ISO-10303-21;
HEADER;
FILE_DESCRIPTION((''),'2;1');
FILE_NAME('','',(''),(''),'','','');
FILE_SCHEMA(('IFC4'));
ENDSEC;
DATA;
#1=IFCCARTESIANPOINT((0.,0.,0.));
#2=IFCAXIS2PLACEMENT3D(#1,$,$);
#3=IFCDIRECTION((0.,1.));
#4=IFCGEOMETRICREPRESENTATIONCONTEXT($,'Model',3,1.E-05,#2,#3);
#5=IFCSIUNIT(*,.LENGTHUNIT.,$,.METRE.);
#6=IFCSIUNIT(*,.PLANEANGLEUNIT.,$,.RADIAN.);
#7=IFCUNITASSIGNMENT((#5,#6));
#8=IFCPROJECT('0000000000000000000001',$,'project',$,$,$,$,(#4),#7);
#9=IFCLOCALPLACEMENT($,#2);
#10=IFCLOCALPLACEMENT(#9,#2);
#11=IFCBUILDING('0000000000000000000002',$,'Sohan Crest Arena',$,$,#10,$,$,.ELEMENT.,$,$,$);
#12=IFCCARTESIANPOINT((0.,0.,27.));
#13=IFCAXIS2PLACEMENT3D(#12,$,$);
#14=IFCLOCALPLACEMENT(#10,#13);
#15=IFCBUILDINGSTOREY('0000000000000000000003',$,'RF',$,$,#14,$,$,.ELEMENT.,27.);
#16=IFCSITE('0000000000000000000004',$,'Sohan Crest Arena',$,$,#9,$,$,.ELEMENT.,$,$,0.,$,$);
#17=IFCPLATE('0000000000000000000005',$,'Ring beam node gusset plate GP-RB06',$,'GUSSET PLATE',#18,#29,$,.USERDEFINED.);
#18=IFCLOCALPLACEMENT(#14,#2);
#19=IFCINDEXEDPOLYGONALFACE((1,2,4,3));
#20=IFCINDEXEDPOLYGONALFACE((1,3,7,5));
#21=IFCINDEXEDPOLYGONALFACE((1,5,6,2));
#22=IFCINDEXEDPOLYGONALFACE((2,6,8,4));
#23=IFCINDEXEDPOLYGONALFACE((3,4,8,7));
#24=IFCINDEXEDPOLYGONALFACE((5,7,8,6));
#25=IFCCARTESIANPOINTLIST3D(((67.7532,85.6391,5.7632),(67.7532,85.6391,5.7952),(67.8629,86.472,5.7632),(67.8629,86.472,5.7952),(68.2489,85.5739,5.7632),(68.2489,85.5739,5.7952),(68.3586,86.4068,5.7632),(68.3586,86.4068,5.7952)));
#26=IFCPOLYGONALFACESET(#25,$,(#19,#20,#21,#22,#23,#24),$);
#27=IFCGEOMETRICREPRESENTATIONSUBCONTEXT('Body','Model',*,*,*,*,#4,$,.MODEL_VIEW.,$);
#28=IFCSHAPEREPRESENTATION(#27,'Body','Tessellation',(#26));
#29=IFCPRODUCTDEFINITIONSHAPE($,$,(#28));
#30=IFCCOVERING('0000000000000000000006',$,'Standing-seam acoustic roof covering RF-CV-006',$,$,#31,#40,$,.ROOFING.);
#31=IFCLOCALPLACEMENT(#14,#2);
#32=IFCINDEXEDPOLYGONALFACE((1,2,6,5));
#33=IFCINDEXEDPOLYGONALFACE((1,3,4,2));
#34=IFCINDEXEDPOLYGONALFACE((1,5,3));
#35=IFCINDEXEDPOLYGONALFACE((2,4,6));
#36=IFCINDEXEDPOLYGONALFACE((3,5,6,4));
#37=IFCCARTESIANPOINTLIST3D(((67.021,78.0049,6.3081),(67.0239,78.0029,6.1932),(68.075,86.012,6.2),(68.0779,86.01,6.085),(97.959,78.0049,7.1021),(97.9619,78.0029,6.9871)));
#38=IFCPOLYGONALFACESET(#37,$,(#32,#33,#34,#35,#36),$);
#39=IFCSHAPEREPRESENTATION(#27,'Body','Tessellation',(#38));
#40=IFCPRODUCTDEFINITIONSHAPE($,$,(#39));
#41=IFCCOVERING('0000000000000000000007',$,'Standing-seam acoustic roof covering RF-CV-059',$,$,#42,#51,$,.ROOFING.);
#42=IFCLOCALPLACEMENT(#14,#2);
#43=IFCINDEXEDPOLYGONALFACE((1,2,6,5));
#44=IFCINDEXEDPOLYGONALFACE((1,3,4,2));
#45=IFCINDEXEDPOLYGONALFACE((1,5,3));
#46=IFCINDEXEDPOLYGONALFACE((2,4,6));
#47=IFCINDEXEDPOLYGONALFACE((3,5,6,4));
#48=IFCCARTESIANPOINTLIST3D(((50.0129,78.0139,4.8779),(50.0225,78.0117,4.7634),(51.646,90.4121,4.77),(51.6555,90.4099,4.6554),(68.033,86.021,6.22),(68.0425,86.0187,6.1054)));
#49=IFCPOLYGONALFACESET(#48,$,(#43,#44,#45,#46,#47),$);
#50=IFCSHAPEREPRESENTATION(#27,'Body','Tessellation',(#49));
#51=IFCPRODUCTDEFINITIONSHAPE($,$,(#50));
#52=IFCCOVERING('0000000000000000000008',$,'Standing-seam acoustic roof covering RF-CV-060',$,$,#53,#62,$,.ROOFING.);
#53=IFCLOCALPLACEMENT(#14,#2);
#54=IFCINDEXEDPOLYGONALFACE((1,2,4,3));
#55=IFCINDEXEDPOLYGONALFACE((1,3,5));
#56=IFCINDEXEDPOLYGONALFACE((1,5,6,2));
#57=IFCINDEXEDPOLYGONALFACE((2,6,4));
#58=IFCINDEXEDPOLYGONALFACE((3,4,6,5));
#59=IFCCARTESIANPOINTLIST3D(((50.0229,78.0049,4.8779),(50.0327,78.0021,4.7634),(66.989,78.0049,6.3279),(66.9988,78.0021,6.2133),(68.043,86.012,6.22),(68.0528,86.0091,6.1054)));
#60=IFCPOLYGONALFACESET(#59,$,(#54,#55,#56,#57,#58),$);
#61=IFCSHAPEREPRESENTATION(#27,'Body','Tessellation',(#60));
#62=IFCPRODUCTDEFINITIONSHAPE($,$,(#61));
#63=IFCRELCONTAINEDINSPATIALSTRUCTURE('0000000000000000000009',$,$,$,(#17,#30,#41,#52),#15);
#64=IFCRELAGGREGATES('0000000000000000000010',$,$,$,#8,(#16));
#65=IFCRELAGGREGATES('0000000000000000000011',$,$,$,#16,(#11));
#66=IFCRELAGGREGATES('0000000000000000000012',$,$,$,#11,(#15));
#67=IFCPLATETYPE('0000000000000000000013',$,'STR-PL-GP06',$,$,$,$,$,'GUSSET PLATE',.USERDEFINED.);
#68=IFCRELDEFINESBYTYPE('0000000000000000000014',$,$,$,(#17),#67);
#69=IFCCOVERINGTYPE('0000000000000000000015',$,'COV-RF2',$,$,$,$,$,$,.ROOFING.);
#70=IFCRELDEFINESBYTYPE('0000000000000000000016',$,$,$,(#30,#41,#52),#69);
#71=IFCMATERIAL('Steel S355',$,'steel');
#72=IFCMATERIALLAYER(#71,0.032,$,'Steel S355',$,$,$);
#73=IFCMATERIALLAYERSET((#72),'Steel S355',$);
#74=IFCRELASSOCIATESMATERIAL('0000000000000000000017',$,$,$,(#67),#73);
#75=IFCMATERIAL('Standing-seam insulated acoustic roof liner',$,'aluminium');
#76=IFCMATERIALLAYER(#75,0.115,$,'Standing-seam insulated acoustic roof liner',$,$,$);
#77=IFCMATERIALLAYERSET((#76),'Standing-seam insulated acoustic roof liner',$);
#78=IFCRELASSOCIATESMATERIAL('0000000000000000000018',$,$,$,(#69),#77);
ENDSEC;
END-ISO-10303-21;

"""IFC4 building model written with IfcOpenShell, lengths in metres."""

from ifc_helpers import new_model, si_unit, direction, frame, origin, origin_2d, place, context, subcontext, project, spatial, polyline, rectangle, outline, extrude, material, layer, layer_set, type_object, element, save


model = new_model("IFC4")

# Units and contexts
model_context = context("Model", 3, precision=1e-05, world=origin(), true_north=direction((0.0, 1.0)))
body_context = subcontext(model_context, "Body", "Model", "MODEL_VIEW")
ifc_project = project(units=[si_unit("LENGTHUNIT", "METRE"), si_unit("PLANEANGLEUNIT", "RADIAN")], contexts=[model_context])

# Site, building, storey
site_placement = place(None, origin())
site = spatial("IfcSite", under=ifc_project, at=site_placement, Name="Sohan Crest Arena", CompositionType="ELEMENT", RefElevation=0.0)
building_placement = place(site_placement, origin())
building = spatial("IfcBuilding", under=site, at=building_placement, Name="Sohan Crest Arena", CompositionType="ELEMENT")
storey_placement = place(building_placement, frame((0.0, 0.0, 27.0)))
storey = spatial("IfcBuildingStorey", under=building, at=storey_placement, Name="RF", CompositionType="ELEMENT", Elevation=27.0)

# Shared definitions
ifc_material_1 = material(Name="Steel S355", Category="steel")

# Plate
ifc_layer_1 = layer(ifc_material_1, 0.032, Name="Steel S355")
ifc_layer_set_1 = layer_set([ifc_layer_1], Name="Steel S355")
plate_type_1 = type_object("IfcPlateType", Name="STR-PL-GP06", ElementType="GUSSET PLATE", PredefinedType="USERDEFINED", material=ifc_layer_set_1)
plate_1_placement = place(storey_placement, frame((68.0559, 86.0229, 5.7632), z_axis=(0.0, 0.0, 1.0), x_axis=(0.130526, 0.991445, 0.0)))
element("IfcPlate", 1, at=plate_1_placement, inside=storey, type_object=plate_type_1, Name="Ring beam node gusset plate GP-RB06", ObjectType="GUSSET PLATE", PredefinedType="USERDEFINED", context=body_context, shape_type="SweptSolid", body=[
    extrude(rectangle(XDim=0.8401, YDim=0.5, at=origin_2d()), origin(), (0.0, 0.0, 1.0), 0.032),
])

# Coverings
ifc_material_2 = material(Name="Standing-seam insulated acoustic roof liner", Category="aluminium")
ifc_layer_2 = layer(ifc_material_2, 0.115, Name="Standing-seam insulated acoustic roof liner")
ifc_layer_set_2 = layer_set([ifc_layer_2], Name="Standing-seam insulated acoustic roof liner")
covering_type = type_object("IfcCoveringType", Name="COV-RF2", PredefinedType="ROOFING", material=ifc_layer_set_2)
covering_1_placement = place(storey_placement, frame((68.075, 86.012, 6.2), z_axis=(-0.02565, 0.016877, 0.999528), x_axis=(-0.130491, -0.991359, 0.013391)))
element("IfcCovering", 2, at=covering_1_placement, inside=storey, type_object=covering_type, Name="Standing-seam acoustic roof covering RF-CV-006", PredefinedType="ROOFING", context=body_context, shape_type="SweptSolid", body=[
    extrude(outline(polyline([(0.0, 0.0), (8.0769, 0.0), (4.0504, 30.6851), (0.0, 0.0)])), origin(), (0.0, 0.0, -1.0), 0.115),
])
covering_2_placement = place(storey_placement, frame((68.033, 86.021, 6.22), z_axis=(-0.08291, 0.019593, 0.996364), x_axis=(-0.962414, 0.257892, -0.085156)))
element("IfcCovering", 3, at=covering_2_placement, inside=storey, type_object=covering_type, Name="Standing-seam acoustic roof covering RF-CV-059", PredefinedType="ROOFING", context=body_context, shape_type="SweptSolid", body=[
    extrude(outline(polyline([(0.0, 0.0), (17.0269, 0.0), (15.392, 12.3984), (0.0, 0.0)])), origin(), (0.0, 0.0, -1.0), 0.115),
])
covering_3_placement = place(storey_placement, frame((68.043, 86.012, 6.22), z_axis=(-0.085126, 0.024629, 0.996066), x_axis=(-0.911737, -0.405124, -0.067902)))
element("IfcCovering", 4, at=covering_3_placement, inside=storey, type_object=covering_type, Name="Standing-seam acoustic roof covering RF-CV-060", PredefinedType="ROOFING", context=body_context, shape_type="SweptSolid", body=[
    extrude(outline(polyline([(0.0, 0.0), (19.7645, 0.0), (4.1975, 6.9005), (0.0, 0.0)])), origin(), (0.0, 0.0, -1.0), 0.115),
])

save(model, "model.ifc")
